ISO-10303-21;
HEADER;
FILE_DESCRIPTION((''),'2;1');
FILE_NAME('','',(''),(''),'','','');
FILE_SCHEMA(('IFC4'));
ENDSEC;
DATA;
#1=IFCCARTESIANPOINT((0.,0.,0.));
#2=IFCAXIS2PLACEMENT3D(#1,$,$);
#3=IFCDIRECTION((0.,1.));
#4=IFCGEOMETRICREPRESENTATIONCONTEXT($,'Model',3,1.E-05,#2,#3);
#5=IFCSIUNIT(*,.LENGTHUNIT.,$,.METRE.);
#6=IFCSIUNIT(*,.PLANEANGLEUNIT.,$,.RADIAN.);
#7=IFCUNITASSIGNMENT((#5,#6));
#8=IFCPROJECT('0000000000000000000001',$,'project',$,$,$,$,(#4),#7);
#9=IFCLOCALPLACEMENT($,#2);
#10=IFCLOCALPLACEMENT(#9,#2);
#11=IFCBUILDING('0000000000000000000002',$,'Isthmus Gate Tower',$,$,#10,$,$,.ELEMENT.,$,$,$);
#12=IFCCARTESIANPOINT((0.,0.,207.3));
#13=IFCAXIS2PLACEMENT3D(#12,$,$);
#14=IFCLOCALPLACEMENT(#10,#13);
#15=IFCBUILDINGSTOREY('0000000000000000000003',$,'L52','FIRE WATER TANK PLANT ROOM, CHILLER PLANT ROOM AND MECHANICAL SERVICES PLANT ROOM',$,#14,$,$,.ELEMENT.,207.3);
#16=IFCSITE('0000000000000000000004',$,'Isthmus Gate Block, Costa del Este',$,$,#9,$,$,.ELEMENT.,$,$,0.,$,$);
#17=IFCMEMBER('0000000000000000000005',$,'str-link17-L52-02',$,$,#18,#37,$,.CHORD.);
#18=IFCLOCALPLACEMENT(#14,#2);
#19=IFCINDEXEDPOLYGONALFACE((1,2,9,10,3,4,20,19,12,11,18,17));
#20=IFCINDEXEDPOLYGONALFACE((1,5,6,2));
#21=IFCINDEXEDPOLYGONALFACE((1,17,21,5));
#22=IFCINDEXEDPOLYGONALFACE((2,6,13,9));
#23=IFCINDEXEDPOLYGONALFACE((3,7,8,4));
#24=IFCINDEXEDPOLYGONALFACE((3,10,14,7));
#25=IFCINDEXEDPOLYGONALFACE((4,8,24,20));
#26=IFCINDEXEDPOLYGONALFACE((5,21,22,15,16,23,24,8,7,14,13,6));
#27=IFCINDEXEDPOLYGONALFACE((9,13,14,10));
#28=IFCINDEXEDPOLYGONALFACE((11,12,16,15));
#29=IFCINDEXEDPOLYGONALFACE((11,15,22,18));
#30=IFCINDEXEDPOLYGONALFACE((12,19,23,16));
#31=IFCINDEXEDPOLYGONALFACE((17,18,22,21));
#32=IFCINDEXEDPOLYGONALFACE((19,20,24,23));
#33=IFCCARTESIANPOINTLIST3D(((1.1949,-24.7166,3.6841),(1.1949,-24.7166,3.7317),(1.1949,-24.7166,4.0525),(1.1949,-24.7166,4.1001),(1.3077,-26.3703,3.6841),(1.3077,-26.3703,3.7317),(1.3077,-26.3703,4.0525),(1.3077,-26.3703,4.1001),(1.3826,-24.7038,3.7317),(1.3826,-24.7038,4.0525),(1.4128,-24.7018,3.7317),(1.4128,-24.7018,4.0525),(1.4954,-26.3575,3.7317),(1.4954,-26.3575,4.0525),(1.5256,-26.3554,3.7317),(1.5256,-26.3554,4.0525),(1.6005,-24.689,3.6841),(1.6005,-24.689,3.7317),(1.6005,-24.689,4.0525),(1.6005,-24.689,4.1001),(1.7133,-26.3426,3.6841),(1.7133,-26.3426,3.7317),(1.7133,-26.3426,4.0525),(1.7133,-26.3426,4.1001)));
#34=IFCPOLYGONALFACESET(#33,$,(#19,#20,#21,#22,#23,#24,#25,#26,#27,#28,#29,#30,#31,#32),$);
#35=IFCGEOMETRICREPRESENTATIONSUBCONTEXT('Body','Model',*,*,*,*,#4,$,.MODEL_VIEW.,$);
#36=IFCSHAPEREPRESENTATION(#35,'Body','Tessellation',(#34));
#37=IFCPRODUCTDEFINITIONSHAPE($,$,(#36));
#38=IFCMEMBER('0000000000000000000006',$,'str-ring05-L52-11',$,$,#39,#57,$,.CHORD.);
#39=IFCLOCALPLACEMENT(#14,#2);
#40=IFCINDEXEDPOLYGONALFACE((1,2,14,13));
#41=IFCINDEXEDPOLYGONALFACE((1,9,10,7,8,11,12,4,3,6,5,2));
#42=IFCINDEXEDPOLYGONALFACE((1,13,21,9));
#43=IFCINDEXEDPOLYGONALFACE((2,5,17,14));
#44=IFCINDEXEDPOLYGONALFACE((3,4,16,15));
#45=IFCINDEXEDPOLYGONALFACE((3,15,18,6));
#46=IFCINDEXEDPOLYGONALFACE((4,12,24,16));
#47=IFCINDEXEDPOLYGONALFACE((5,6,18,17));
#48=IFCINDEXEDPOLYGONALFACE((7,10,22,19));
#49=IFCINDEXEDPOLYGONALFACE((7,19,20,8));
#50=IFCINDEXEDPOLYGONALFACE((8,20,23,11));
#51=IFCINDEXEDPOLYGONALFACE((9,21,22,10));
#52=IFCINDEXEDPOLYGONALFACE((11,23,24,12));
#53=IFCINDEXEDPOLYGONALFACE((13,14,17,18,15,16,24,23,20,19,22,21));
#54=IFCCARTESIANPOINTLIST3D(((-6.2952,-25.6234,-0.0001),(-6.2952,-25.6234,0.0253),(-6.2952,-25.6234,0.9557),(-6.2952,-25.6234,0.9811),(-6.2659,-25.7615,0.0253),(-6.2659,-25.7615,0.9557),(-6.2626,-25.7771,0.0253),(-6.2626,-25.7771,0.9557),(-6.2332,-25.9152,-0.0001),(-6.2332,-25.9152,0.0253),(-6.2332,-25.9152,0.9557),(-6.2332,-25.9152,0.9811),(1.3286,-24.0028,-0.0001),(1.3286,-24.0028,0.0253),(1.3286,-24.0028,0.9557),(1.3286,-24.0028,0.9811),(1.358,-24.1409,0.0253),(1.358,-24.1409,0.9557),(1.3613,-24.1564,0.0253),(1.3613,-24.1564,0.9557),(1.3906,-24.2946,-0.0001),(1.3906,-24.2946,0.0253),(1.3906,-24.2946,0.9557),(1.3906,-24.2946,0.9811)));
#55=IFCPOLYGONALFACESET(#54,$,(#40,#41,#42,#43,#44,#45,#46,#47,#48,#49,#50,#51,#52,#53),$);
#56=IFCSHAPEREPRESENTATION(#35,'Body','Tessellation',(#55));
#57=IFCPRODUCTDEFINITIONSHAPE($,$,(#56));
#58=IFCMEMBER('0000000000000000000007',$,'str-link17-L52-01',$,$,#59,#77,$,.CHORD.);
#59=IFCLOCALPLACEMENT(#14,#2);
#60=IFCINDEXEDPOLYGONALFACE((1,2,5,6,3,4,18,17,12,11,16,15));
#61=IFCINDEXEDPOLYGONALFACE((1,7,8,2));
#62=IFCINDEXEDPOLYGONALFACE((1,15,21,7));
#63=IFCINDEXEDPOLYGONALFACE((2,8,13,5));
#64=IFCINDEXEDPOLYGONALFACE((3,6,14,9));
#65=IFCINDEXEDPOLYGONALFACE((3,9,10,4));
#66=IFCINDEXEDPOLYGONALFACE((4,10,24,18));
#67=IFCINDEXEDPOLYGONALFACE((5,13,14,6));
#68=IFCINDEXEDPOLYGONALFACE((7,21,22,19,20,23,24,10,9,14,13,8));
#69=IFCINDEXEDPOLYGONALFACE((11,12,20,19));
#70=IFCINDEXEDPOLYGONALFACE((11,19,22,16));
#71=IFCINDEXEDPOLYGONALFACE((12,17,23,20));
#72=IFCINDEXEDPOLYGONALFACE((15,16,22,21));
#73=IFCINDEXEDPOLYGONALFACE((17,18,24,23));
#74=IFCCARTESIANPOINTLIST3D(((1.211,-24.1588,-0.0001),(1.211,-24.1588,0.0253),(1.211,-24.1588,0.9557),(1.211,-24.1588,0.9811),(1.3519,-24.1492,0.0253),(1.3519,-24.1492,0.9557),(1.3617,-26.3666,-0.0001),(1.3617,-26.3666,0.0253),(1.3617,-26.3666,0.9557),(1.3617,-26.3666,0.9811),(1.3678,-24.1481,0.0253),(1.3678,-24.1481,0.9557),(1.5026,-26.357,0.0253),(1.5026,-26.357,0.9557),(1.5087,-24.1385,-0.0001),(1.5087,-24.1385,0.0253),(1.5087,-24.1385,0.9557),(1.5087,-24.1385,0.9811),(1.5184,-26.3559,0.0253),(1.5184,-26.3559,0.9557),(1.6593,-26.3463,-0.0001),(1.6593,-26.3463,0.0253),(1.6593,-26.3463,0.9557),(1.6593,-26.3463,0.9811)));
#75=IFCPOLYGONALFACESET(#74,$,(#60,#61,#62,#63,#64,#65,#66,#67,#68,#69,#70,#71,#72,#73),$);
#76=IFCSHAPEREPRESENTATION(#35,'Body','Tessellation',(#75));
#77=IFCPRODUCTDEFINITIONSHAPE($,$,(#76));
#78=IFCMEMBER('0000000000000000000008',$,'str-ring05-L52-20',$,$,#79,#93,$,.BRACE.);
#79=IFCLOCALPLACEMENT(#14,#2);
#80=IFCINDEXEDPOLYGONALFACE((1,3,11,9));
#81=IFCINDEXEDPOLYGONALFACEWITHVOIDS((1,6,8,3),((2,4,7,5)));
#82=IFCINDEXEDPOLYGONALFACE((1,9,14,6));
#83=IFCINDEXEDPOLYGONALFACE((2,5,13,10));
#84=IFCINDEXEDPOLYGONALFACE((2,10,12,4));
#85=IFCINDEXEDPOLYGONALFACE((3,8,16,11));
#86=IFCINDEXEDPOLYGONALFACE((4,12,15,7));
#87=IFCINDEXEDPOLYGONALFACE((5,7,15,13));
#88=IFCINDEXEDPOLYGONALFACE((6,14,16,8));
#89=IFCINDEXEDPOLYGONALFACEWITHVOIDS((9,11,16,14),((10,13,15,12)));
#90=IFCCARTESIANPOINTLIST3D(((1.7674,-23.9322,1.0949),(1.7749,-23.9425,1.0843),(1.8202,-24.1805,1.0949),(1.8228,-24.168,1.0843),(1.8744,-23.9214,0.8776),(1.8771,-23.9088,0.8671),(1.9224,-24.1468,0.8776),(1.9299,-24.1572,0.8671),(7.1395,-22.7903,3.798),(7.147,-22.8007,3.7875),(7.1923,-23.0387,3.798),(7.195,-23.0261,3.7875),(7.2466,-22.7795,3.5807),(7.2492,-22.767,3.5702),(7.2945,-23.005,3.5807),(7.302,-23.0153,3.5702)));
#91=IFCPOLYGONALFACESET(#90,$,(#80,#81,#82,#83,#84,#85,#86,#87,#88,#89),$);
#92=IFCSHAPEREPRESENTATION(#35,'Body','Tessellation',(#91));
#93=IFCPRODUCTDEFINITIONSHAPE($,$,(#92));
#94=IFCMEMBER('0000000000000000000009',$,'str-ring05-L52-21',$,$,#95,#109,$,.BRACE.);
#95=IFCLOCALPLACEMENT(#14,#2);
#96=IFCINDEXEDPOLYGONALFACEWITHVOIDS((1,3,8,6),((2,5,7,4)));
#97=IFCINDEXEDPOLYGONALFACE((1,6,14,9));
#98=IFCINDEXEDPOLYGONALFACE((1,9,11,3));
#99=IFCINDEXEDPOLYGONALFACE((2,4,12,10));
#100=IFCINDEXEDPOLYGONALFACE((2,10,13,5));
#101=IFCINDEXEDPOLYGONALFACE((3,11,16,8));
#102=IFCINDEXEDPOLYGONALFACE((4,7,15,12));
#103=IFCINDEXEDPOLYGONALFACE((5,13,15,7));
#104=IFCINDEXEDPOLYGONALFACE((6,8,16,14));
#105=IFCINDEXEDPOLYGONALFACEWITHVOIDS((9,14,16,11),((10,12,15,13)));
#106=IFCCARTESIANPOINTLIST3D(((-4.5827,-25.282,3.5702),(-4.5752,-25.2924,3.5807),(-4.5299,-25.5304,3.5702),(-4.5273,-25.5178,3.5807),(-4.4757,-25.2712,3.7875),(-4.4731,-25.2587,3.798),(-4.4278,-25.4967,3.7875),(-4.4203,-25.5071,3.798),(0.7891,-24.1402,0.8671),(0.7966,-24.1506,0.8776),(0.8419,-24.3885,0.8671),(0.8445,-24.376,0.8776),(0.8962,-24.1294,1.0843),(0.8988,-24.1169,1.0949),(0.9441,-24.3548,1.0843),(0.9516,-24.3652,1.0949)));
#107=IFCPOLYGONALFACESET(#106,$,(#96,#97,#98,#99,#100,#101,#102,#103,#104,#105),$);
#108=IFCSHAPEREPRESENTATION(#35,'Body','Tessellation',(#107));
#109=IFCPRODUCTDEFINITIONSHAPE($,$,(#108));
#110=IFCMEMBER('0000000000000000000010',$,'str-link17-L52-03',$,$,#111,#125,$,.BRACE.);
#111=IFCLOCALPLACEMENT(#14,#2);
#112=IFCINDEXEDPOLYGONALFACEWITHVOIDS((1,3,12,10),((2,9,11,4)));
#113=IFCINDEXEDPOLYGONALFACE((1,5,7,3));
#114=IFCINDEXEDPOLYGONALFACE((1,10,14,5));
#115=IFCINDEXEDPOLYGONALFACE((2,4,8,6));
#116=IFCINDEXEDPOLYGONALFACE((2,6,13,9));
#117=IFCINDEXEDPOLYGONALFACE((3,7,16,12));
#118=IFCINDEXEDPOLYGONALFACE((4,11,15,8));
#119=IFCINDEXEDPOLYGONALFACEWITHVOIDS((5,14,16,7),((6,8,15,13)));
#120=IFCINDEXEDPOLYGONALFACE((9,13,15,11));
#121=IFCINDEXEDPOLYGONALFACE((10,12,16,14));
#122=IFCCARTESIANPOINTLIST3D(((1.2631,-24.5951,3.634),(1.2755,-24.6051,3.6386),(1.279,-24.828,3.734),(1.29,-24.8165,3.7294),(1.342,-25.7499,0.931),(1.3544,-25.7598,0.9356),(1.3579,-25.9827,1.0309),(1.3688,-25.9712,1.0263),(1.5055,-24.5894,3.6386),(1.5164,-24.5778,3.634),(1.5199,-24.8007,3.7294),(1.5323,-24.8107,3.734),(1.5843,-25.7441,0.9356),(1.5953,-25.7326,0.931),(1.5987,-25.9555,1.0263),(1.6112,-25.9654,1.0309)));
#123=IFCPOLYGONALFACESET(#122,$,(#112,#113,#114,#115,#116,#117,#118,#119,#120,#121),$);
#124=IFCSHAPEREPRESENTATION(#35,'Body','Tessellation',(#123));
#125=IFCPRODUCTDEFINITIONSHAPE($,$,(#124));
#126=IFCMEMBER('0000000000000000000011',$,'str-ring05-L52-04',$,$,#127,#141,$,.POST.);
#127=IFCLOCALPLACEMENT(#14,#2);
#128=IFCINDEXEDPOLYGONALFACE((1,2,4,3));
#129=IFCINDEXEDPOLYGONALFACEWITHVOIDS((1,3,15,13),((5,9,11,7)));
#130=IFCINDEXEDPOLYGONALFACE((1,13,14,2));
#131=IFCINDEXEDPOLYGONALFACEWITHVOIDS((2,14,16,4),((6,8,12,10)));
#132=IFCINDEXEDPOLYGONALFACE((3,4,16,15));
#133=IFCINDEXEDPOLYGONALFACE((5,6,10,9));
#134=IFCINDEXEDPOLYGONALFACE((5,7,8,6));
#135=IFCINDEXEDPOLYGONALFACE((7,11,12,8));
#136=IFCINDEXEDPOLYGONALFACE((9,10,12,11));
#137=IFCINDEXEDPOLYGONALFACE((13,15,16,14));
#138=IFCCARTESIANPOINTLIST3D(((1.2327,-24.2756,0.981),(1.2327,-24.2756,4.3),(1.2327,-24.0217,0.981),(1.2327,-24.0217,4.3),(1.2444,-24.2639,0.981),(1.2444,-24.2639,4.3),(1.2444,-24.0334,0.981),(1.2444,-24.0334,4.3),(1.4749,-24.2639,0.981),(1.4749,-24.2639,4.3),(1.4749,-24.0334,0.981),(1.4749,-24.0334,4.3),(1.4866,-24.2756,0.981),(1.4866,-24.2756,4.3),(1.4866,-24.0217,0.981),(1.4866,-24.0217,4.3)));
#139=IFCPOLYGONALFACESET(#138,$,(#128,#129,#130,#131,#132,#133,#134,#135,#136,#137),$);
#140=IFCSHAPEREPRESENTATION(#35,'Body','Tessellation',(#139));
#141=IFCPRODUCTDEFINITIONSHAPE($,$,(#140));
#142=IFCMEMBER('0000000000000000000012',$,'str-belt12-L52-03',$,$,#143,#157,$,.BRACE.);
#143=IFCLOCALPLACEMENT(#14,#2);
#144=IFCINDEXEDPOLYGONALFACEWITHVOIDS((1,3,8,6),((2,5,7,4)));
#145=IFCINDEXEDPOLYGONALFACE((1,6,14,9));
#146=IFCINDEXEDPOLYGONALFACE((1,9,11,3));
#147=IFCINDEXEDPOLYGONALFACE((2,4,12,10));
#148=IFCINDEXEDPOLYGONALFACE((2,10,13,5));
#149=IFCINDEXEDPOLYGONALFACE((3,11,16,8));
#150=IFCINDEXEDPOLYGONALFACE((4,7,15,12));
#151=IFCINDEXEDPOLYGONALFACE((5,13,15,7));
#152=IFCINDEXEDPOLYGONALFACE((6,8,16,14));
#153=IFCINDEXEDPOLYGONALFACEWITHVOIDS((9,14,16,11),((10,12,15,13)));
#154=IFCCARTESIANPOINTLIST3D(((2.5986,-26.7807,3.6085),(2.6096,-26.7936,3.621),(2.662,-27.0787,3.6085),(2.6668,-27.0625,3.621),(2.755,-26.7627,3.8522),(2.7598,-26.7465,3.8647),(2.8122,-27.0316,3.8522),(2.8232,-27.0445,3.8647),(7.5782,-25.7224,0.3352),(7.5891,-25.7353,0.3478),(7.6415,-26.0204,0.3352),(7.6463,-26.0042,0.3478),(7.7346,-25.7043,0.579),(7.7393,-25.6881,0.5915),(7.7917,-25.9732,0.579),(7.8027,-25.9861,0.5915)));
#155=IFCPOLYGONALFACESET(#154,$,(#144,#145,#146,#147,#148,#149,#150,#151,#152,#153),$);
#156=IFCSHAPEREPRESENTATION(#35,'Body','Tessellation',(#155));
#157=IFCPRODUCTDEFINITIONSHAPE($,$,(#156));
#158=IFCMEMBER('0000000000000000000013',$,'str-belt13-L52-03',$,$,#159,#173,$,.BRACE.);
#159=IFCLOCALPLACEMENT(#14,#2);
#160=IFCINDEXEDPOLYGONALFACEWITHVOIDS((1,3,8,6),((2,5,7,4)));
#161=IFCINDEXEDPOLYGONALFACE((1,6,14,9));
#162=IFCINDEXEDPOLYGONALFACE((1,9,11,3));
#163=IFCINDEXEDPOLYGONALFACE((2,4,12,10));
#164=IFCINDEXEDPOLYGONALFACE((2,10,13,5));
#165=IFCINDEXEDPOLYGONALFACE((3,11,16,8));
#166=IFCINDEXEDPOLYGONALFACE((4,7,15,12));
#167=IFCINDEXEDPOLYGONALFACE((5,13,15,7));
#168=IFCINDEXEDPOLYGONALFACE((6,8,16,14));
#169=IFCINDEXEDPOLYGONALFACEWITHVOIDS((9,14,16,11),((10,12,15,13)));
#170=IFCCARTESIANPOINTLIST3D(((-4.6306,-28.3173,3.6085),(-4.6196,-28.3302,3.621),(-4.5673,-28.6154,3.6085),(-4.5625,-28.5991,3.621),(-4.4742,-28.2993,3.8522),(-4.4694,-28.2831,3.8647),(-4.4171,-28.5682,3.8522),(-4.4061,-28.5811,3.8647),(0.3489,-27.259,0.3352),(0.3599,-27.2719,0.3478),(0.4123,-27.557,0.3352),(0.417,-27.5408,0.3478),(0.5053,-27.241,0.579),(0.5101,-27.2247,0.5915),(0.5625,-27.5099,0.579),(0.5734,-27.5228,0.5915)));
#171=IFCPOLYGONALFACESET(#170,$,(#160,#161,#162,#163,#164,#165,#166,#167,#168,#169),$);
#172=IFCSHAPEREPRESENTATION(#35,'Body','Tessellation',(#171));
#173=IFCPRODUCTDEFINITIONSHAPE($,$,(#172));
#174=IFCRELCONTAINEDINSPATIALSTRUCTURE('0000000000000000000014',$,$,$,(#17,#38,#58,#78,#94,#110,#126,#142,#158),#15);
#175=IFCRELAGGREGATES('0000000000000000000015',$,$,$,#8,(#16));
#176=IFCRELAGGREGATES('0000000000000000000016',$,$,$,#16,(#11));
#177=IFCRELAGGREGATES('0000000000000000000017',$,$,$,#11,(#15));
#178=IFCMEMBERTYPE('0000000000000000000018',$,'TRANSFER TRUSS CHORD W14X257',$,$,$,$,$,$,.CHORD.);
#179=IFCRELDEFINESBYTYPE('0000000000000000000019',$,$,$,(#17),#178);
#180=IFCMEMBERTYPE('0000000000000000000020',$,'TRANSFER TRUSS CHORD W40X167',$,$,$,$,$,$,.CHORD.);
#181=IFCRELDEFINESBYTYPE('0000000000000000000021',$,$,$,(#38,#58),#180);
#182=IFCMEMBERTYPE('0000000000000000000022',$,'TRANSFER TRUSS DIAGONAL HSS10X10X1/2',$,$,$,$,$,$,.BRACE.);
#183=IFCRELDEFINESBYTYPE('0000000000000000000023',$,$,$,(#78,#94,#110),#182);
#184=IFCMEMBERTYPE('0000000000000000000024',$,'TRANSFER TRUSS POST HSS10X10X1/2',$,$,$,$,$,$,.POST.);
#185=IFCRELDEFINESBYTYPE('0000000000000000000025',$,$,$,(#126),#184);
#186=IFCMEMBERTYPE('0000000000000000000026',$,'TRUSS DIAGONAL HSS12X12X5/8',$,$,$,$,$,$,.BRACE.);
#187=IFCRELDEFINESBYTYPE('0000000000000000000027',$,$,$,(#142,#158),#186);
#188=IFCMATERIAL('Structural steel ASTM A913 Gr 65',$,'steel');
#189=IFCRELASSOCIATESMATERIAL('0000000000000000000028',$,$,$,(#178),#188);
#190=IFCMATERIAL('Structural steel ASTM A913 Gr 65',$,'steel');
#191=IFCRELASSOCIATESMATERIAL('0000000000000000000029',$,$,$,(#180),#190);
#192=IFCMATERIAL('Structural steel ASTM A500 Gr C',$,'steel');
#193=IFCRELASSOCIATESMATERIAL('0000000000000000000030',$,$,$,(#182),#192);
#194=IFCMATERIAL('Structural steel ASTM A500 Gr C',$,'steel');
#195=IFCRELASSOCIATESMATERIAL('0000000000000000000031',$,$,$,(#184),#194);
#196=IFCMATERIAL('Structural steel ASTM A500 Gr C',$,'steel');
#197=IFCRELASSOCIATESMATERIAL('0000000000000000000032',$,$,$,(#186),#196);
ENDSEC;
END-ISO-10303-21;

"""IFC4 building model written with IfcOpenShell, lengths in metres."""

from ifc_helpers import new_model, si_unit, direction, frame, origin, origin_2d, place, context, subcontext, project, spatial, hollow_rectangle, i_section, extrude, material, material_profile, profile_set, type_object, element, save


model = new_model("IFC4")

# Units and contexts
model_context = context("Model", 3, precision=1e-05, world=origin(), true_north=direction((0.0, 1.0)))
body_context = subcontext(model_context, "Body", "Model", "MODEL_VIEW")
ifc_project = project(units=[si_unit("LENGTHUNIT", "METRE"), si_unit("PLANEANGLEUNIT", "RADIAN")], contexts=[model_context])

# Site, building, storey
site_placement = place(None, origin())
site = spatial("IfcSite", under=ifc_project, at=site_placement, Name="Isthmus Gate Block, Costa del Este", CompositionType="ELEMENT", RefElevation=0.0)
building_placement = place(site_placement, origin())
building = spatial("IfcBuilding", under=site, at=building_placement, Name="Isthmus Gate Tower", CompositionType="ELEMENT")
storey_placement = place(building_placement, frame((0.0, 0.0, 207.3)))
storey = spatial("IfcBuildingStorey", under=building, at=storey_placement, Name="L52", Description="FIRE WATER TANK PLANT ROOM, CHILLER PLANT ROOM AND MECHANICAL SERVICES PLANT ROOM", CompositionType="ELEMENT", Elevation=207.3)

# Members
ifc_material_1 = material(Name="Structural steel ASTM A913 Gr 65", Category="steel")
ifc_material_profile_1 = material_profile(ifc_material_1, i_section(OverallWidth=0.4065, OverallDepth=0.416, WebThickness=0.0303, FlangeThickness=0.0476, at=origin_2d()), Name="W14X257")
ifc_profile_set_1 = profile_set([ifc_material_profile_1], Name="Structural steel ASTM A913 Gr 65")
member_type_1 = type_object("IfcMemberType", Name="TRANSFER TRUSS CHORD W14X257", PredefinedType="CHORD", material=ifc_profile_set_1)
member_1_placement = place(storey_placement, frame((1.5105, -26.3564, 3.8921), z_axis=(-0.068054, 0.997682, 0.0), x_axis=(-0.997682, -0.068054, 0.0)))
element("IfcMember", 1, at=member_1_placement, inside=storey, type_object=member_type_1, Name="str-link17-L52-02", PredefinedType="CHORD", context=body_context, shape_type="SweptSolid", body=[
    extrude(i_section(OverallWidth=0.4065, OverallDepth=0.416, WebThickness=0.0303, FlangeThickness=0.0476, at=origin_2d()), origin(), (0.0, 0.0, 1.0), 1.6575),
])
ifc_material_2 = material(Name="Structural steel ASTM A913 Gr 65", Category="steel")
ifc_material_profile_2 = material_profile(ifc_material_2, i_section(OverallWidth=0.2983, OverallDepth=0.9812, WebThickness=0.0159, FlangeThickness=0.0254, at=origin_2d()), Name="W40X167")
ifc_profile_set_2 = profile_set([ifc_material_profile_2], Name="Structural steel ASTM A913 Gr 65")
member_type_2 = type_object("IfcMemberType", Name="TRANSFER TRUSS CHORD W40X167", PredefinedType="CHORD", material=ifc_profile_set_2)
member_2_placement = place(storey_placement, frame((1.3596, -24.1487, 0.4905), z_axis=(-0.978144, -0.207927, 0.0), x_axis=(0.207927, -0.978144, 0.0)))
element("IfcMember", 2, at=member_2_placement, inside=storey, type_object=member_type_2, Name="str-ring05-L52-11", PredefinedType="CHORD", context=body_context, shape_type="SweptSolid", body=[
    extrude(i_section(OverallWidth=0.2983, OverallDepth=0.9812, WebThickness=0.0159, FlangeThickness=0.0254, at=origin_2d()), origin(), (0.0, 0.0, 1.0), 7.7942),
])
member_3_placement = place(storey_placement, frame((1.5105, -26.3564, 0.4905), z_axis=(-0.068071, 0.99768, 0.0), x_axis=(-0.99768, -0.068071, 0.0)))
element("IfcMember", 3, at=member_3_placement, inside=storey, type_object=member_type_2, Name="str-link17-L52-01", PredefinedType="CHORD", context=body_context, shape_type="SweptSolid", body=[
    extrude(i_section(OverallWidth=0.2983, OverallDepth=0.9812, WebThickness=0.0159, FlangeThickness=0.0254, at=origin_2d()), origin(), (0.0, 0.0, 1.0), 2.2129),
])
ifc_material_3 = material(Name="Structural steel ASTM A500 Gr C", Category="steel")
ifc_material_profile_3 = material_profile(ifc_material_3, hollow_rectangle(XDim=0.2539, YDim=0.2539, WallThickness=0.0117, at=origin_2d()), Name="HSS10X10X1/2")
ifc_profile_set_3 = profile_set([ifc_material_profile_3], Name="Structural steel ASTM A500 Gr C")
member_type_3 = type_object("IfcMemberType", Name="TRANSFER TRUSS DIAGONAL HSS10X10X1/2", PredefinedType="BRACE", material=ifc_profile_set_3)
member_4_placement = place(storey_placement, frame((1.8486, -24.0447, 0.981), z_axis=(0.877608, 0.186538, 0.441596), x_axis=(-0.207908, 0.978148, 0.0)))
element("IfcMember", 4, at=member_4_placement, inside=storey, type_object=member_type_3, Name="str-ring05-L52-20", PredefinedType="BRACE", context=body_context, shape_type="SweptSolid", body=[
    extrude(hollow_rectangle(XDim=0.2539, YDim=0.2539, WallThickness=0.0117, at=origin_2d()), origin(), (0.0, 0.0, 1.0), 6.1213),
])
member_5_placement = place(storey_placement, frame((0.8704, -24.2527, 0.981), z_axis=(-0.877599, -0.186544, 0.441612), x_axis=(0.207917, -0.978147, 0.0)))
element("IfcMember", 5, at=member_5_placement, inside=storey, type_object=member_type_3, Name="str-ring05-L52-21", PredefinedType="BRACE", context=body_context, shape_type="SweptSolid", body=[
    extrude(hollow_rectangle(XDim=0.2539, YDim=0.2539, WallThickness=0.0117, at=origin_2d()), origin(), (0.0, 0.0, 1.0), 6.1211),
])
member_6_placement = place(storey_placement, frame((1.4766, -25.8577, 0.981), z_axis=(-0.026818, 0.392715, 0.919269), x_axis=(-0.997677, -0.068129, 0.0)))
element("IfcMember", 6, at=member_6_placement, inside=storey, type_object=member_type_3, Name="str-link17-L52-03", PredefinedType="BRACE", context=body_context, shape_type="SweptSolid", body=[
    extrude(hollow_rectangle(XDim=0.2539, YDim=0.2539, WallThickness=0.0117, at=origin_2d()), origin(), (0.0, 0.0, 1.0), 2.9404),
])
ifc_material_4 = material(Name="Structural steel ASTM A500 Gr C", Category="steel")
ifc_material_profile_4 = material_profile(ifc_material_4, hollow_rectangle(XDim=0.2539, YDim=0.2539, WallThickness=0.0117, at=origin_2d()), Name="HSS10X10X1/2")
ifc_profile_set_4 = profile_set([ifc_material_profile_4], Name="Structural steel ASTM A500 Gr C")
member_type_4 = type_object("IfcMemberType", Name="TRANSFER TRUSS POST HSS10X10X1/2", PredefinedType="POST", material=ifc_profile_set_4)
member_7_placement = place(storey_placement, frame((1.3596, -24.1487, 0.981), z_axis=(0.0, 0.0, 1.0), x_axis=(1.0, 0.0, 0.0)))
element("IfcMember", 7, at=member_7_placement, inside=storey, type_object=member_type_4, Name="str-ring05-L52-04", PredefinedType="POST", context=body_context, shape_type="SweptSolid", body=[
    extrude(hollow_rectangle(XDim=0.2539, YDim=0.2539, WallThickness=0.0117, at=origin_2d()), origin(), (0.0, 0.0, 1.0), 3.3191),
])
ifc_material_5 = material(Name="Structural steel ASTM A500 Gr C", Category="steel")
ifc_material_profile_5 = material_profile(ifc_material_5, hollow_rectangle(XDim=0.3047, YDim=0.3047, WallThickness=0.0149, at=origin_2d()), Name="HSS12X12X5/8")
ifc_profile_set_5 = profile_set([ifc_material_profile_5], Name="Structural steel ASTM A500 Gr C")
member_type_5 = type_object("IfcMemberType", Name="TRUSS DIAGONAL HSS12X12X5/8", PredefinedType="BRACE", material=ifc_profile_set_5)
for number, where, z_axis, x_axis, name in (
    (8, (7.6904, -25.8542, 0.4634), (-0.822756, -0.17487, 0.540826), (0.207898, -0.978151, 0.0), "str-belt12-L52-03"),
    (9, (0.4612, -27.3909, 0.4634), (-0.822756, -0.17487, 0.540826), (0.207898, -0.978151, 0.0), "str-belt13-L52-03"),
):
    element("IfcMember", number, at=place(storey_placement, frame(where, z_axis=z_axis, x_axis=x_axis)), inside=storey, type_object=member_type_5, Name=name, PredefinedType="BRACE", context=body_context, shape_type="SweptSolid", body=[
        extrude(hollow_rectangle(XDim=0.3047, YDim=0.3047, WallThickness=0.0149, at=origin_2d()), origin(), (0.0, 0.0, 1.0), 6.0522),
    ])

save(model, "model.ifc")
